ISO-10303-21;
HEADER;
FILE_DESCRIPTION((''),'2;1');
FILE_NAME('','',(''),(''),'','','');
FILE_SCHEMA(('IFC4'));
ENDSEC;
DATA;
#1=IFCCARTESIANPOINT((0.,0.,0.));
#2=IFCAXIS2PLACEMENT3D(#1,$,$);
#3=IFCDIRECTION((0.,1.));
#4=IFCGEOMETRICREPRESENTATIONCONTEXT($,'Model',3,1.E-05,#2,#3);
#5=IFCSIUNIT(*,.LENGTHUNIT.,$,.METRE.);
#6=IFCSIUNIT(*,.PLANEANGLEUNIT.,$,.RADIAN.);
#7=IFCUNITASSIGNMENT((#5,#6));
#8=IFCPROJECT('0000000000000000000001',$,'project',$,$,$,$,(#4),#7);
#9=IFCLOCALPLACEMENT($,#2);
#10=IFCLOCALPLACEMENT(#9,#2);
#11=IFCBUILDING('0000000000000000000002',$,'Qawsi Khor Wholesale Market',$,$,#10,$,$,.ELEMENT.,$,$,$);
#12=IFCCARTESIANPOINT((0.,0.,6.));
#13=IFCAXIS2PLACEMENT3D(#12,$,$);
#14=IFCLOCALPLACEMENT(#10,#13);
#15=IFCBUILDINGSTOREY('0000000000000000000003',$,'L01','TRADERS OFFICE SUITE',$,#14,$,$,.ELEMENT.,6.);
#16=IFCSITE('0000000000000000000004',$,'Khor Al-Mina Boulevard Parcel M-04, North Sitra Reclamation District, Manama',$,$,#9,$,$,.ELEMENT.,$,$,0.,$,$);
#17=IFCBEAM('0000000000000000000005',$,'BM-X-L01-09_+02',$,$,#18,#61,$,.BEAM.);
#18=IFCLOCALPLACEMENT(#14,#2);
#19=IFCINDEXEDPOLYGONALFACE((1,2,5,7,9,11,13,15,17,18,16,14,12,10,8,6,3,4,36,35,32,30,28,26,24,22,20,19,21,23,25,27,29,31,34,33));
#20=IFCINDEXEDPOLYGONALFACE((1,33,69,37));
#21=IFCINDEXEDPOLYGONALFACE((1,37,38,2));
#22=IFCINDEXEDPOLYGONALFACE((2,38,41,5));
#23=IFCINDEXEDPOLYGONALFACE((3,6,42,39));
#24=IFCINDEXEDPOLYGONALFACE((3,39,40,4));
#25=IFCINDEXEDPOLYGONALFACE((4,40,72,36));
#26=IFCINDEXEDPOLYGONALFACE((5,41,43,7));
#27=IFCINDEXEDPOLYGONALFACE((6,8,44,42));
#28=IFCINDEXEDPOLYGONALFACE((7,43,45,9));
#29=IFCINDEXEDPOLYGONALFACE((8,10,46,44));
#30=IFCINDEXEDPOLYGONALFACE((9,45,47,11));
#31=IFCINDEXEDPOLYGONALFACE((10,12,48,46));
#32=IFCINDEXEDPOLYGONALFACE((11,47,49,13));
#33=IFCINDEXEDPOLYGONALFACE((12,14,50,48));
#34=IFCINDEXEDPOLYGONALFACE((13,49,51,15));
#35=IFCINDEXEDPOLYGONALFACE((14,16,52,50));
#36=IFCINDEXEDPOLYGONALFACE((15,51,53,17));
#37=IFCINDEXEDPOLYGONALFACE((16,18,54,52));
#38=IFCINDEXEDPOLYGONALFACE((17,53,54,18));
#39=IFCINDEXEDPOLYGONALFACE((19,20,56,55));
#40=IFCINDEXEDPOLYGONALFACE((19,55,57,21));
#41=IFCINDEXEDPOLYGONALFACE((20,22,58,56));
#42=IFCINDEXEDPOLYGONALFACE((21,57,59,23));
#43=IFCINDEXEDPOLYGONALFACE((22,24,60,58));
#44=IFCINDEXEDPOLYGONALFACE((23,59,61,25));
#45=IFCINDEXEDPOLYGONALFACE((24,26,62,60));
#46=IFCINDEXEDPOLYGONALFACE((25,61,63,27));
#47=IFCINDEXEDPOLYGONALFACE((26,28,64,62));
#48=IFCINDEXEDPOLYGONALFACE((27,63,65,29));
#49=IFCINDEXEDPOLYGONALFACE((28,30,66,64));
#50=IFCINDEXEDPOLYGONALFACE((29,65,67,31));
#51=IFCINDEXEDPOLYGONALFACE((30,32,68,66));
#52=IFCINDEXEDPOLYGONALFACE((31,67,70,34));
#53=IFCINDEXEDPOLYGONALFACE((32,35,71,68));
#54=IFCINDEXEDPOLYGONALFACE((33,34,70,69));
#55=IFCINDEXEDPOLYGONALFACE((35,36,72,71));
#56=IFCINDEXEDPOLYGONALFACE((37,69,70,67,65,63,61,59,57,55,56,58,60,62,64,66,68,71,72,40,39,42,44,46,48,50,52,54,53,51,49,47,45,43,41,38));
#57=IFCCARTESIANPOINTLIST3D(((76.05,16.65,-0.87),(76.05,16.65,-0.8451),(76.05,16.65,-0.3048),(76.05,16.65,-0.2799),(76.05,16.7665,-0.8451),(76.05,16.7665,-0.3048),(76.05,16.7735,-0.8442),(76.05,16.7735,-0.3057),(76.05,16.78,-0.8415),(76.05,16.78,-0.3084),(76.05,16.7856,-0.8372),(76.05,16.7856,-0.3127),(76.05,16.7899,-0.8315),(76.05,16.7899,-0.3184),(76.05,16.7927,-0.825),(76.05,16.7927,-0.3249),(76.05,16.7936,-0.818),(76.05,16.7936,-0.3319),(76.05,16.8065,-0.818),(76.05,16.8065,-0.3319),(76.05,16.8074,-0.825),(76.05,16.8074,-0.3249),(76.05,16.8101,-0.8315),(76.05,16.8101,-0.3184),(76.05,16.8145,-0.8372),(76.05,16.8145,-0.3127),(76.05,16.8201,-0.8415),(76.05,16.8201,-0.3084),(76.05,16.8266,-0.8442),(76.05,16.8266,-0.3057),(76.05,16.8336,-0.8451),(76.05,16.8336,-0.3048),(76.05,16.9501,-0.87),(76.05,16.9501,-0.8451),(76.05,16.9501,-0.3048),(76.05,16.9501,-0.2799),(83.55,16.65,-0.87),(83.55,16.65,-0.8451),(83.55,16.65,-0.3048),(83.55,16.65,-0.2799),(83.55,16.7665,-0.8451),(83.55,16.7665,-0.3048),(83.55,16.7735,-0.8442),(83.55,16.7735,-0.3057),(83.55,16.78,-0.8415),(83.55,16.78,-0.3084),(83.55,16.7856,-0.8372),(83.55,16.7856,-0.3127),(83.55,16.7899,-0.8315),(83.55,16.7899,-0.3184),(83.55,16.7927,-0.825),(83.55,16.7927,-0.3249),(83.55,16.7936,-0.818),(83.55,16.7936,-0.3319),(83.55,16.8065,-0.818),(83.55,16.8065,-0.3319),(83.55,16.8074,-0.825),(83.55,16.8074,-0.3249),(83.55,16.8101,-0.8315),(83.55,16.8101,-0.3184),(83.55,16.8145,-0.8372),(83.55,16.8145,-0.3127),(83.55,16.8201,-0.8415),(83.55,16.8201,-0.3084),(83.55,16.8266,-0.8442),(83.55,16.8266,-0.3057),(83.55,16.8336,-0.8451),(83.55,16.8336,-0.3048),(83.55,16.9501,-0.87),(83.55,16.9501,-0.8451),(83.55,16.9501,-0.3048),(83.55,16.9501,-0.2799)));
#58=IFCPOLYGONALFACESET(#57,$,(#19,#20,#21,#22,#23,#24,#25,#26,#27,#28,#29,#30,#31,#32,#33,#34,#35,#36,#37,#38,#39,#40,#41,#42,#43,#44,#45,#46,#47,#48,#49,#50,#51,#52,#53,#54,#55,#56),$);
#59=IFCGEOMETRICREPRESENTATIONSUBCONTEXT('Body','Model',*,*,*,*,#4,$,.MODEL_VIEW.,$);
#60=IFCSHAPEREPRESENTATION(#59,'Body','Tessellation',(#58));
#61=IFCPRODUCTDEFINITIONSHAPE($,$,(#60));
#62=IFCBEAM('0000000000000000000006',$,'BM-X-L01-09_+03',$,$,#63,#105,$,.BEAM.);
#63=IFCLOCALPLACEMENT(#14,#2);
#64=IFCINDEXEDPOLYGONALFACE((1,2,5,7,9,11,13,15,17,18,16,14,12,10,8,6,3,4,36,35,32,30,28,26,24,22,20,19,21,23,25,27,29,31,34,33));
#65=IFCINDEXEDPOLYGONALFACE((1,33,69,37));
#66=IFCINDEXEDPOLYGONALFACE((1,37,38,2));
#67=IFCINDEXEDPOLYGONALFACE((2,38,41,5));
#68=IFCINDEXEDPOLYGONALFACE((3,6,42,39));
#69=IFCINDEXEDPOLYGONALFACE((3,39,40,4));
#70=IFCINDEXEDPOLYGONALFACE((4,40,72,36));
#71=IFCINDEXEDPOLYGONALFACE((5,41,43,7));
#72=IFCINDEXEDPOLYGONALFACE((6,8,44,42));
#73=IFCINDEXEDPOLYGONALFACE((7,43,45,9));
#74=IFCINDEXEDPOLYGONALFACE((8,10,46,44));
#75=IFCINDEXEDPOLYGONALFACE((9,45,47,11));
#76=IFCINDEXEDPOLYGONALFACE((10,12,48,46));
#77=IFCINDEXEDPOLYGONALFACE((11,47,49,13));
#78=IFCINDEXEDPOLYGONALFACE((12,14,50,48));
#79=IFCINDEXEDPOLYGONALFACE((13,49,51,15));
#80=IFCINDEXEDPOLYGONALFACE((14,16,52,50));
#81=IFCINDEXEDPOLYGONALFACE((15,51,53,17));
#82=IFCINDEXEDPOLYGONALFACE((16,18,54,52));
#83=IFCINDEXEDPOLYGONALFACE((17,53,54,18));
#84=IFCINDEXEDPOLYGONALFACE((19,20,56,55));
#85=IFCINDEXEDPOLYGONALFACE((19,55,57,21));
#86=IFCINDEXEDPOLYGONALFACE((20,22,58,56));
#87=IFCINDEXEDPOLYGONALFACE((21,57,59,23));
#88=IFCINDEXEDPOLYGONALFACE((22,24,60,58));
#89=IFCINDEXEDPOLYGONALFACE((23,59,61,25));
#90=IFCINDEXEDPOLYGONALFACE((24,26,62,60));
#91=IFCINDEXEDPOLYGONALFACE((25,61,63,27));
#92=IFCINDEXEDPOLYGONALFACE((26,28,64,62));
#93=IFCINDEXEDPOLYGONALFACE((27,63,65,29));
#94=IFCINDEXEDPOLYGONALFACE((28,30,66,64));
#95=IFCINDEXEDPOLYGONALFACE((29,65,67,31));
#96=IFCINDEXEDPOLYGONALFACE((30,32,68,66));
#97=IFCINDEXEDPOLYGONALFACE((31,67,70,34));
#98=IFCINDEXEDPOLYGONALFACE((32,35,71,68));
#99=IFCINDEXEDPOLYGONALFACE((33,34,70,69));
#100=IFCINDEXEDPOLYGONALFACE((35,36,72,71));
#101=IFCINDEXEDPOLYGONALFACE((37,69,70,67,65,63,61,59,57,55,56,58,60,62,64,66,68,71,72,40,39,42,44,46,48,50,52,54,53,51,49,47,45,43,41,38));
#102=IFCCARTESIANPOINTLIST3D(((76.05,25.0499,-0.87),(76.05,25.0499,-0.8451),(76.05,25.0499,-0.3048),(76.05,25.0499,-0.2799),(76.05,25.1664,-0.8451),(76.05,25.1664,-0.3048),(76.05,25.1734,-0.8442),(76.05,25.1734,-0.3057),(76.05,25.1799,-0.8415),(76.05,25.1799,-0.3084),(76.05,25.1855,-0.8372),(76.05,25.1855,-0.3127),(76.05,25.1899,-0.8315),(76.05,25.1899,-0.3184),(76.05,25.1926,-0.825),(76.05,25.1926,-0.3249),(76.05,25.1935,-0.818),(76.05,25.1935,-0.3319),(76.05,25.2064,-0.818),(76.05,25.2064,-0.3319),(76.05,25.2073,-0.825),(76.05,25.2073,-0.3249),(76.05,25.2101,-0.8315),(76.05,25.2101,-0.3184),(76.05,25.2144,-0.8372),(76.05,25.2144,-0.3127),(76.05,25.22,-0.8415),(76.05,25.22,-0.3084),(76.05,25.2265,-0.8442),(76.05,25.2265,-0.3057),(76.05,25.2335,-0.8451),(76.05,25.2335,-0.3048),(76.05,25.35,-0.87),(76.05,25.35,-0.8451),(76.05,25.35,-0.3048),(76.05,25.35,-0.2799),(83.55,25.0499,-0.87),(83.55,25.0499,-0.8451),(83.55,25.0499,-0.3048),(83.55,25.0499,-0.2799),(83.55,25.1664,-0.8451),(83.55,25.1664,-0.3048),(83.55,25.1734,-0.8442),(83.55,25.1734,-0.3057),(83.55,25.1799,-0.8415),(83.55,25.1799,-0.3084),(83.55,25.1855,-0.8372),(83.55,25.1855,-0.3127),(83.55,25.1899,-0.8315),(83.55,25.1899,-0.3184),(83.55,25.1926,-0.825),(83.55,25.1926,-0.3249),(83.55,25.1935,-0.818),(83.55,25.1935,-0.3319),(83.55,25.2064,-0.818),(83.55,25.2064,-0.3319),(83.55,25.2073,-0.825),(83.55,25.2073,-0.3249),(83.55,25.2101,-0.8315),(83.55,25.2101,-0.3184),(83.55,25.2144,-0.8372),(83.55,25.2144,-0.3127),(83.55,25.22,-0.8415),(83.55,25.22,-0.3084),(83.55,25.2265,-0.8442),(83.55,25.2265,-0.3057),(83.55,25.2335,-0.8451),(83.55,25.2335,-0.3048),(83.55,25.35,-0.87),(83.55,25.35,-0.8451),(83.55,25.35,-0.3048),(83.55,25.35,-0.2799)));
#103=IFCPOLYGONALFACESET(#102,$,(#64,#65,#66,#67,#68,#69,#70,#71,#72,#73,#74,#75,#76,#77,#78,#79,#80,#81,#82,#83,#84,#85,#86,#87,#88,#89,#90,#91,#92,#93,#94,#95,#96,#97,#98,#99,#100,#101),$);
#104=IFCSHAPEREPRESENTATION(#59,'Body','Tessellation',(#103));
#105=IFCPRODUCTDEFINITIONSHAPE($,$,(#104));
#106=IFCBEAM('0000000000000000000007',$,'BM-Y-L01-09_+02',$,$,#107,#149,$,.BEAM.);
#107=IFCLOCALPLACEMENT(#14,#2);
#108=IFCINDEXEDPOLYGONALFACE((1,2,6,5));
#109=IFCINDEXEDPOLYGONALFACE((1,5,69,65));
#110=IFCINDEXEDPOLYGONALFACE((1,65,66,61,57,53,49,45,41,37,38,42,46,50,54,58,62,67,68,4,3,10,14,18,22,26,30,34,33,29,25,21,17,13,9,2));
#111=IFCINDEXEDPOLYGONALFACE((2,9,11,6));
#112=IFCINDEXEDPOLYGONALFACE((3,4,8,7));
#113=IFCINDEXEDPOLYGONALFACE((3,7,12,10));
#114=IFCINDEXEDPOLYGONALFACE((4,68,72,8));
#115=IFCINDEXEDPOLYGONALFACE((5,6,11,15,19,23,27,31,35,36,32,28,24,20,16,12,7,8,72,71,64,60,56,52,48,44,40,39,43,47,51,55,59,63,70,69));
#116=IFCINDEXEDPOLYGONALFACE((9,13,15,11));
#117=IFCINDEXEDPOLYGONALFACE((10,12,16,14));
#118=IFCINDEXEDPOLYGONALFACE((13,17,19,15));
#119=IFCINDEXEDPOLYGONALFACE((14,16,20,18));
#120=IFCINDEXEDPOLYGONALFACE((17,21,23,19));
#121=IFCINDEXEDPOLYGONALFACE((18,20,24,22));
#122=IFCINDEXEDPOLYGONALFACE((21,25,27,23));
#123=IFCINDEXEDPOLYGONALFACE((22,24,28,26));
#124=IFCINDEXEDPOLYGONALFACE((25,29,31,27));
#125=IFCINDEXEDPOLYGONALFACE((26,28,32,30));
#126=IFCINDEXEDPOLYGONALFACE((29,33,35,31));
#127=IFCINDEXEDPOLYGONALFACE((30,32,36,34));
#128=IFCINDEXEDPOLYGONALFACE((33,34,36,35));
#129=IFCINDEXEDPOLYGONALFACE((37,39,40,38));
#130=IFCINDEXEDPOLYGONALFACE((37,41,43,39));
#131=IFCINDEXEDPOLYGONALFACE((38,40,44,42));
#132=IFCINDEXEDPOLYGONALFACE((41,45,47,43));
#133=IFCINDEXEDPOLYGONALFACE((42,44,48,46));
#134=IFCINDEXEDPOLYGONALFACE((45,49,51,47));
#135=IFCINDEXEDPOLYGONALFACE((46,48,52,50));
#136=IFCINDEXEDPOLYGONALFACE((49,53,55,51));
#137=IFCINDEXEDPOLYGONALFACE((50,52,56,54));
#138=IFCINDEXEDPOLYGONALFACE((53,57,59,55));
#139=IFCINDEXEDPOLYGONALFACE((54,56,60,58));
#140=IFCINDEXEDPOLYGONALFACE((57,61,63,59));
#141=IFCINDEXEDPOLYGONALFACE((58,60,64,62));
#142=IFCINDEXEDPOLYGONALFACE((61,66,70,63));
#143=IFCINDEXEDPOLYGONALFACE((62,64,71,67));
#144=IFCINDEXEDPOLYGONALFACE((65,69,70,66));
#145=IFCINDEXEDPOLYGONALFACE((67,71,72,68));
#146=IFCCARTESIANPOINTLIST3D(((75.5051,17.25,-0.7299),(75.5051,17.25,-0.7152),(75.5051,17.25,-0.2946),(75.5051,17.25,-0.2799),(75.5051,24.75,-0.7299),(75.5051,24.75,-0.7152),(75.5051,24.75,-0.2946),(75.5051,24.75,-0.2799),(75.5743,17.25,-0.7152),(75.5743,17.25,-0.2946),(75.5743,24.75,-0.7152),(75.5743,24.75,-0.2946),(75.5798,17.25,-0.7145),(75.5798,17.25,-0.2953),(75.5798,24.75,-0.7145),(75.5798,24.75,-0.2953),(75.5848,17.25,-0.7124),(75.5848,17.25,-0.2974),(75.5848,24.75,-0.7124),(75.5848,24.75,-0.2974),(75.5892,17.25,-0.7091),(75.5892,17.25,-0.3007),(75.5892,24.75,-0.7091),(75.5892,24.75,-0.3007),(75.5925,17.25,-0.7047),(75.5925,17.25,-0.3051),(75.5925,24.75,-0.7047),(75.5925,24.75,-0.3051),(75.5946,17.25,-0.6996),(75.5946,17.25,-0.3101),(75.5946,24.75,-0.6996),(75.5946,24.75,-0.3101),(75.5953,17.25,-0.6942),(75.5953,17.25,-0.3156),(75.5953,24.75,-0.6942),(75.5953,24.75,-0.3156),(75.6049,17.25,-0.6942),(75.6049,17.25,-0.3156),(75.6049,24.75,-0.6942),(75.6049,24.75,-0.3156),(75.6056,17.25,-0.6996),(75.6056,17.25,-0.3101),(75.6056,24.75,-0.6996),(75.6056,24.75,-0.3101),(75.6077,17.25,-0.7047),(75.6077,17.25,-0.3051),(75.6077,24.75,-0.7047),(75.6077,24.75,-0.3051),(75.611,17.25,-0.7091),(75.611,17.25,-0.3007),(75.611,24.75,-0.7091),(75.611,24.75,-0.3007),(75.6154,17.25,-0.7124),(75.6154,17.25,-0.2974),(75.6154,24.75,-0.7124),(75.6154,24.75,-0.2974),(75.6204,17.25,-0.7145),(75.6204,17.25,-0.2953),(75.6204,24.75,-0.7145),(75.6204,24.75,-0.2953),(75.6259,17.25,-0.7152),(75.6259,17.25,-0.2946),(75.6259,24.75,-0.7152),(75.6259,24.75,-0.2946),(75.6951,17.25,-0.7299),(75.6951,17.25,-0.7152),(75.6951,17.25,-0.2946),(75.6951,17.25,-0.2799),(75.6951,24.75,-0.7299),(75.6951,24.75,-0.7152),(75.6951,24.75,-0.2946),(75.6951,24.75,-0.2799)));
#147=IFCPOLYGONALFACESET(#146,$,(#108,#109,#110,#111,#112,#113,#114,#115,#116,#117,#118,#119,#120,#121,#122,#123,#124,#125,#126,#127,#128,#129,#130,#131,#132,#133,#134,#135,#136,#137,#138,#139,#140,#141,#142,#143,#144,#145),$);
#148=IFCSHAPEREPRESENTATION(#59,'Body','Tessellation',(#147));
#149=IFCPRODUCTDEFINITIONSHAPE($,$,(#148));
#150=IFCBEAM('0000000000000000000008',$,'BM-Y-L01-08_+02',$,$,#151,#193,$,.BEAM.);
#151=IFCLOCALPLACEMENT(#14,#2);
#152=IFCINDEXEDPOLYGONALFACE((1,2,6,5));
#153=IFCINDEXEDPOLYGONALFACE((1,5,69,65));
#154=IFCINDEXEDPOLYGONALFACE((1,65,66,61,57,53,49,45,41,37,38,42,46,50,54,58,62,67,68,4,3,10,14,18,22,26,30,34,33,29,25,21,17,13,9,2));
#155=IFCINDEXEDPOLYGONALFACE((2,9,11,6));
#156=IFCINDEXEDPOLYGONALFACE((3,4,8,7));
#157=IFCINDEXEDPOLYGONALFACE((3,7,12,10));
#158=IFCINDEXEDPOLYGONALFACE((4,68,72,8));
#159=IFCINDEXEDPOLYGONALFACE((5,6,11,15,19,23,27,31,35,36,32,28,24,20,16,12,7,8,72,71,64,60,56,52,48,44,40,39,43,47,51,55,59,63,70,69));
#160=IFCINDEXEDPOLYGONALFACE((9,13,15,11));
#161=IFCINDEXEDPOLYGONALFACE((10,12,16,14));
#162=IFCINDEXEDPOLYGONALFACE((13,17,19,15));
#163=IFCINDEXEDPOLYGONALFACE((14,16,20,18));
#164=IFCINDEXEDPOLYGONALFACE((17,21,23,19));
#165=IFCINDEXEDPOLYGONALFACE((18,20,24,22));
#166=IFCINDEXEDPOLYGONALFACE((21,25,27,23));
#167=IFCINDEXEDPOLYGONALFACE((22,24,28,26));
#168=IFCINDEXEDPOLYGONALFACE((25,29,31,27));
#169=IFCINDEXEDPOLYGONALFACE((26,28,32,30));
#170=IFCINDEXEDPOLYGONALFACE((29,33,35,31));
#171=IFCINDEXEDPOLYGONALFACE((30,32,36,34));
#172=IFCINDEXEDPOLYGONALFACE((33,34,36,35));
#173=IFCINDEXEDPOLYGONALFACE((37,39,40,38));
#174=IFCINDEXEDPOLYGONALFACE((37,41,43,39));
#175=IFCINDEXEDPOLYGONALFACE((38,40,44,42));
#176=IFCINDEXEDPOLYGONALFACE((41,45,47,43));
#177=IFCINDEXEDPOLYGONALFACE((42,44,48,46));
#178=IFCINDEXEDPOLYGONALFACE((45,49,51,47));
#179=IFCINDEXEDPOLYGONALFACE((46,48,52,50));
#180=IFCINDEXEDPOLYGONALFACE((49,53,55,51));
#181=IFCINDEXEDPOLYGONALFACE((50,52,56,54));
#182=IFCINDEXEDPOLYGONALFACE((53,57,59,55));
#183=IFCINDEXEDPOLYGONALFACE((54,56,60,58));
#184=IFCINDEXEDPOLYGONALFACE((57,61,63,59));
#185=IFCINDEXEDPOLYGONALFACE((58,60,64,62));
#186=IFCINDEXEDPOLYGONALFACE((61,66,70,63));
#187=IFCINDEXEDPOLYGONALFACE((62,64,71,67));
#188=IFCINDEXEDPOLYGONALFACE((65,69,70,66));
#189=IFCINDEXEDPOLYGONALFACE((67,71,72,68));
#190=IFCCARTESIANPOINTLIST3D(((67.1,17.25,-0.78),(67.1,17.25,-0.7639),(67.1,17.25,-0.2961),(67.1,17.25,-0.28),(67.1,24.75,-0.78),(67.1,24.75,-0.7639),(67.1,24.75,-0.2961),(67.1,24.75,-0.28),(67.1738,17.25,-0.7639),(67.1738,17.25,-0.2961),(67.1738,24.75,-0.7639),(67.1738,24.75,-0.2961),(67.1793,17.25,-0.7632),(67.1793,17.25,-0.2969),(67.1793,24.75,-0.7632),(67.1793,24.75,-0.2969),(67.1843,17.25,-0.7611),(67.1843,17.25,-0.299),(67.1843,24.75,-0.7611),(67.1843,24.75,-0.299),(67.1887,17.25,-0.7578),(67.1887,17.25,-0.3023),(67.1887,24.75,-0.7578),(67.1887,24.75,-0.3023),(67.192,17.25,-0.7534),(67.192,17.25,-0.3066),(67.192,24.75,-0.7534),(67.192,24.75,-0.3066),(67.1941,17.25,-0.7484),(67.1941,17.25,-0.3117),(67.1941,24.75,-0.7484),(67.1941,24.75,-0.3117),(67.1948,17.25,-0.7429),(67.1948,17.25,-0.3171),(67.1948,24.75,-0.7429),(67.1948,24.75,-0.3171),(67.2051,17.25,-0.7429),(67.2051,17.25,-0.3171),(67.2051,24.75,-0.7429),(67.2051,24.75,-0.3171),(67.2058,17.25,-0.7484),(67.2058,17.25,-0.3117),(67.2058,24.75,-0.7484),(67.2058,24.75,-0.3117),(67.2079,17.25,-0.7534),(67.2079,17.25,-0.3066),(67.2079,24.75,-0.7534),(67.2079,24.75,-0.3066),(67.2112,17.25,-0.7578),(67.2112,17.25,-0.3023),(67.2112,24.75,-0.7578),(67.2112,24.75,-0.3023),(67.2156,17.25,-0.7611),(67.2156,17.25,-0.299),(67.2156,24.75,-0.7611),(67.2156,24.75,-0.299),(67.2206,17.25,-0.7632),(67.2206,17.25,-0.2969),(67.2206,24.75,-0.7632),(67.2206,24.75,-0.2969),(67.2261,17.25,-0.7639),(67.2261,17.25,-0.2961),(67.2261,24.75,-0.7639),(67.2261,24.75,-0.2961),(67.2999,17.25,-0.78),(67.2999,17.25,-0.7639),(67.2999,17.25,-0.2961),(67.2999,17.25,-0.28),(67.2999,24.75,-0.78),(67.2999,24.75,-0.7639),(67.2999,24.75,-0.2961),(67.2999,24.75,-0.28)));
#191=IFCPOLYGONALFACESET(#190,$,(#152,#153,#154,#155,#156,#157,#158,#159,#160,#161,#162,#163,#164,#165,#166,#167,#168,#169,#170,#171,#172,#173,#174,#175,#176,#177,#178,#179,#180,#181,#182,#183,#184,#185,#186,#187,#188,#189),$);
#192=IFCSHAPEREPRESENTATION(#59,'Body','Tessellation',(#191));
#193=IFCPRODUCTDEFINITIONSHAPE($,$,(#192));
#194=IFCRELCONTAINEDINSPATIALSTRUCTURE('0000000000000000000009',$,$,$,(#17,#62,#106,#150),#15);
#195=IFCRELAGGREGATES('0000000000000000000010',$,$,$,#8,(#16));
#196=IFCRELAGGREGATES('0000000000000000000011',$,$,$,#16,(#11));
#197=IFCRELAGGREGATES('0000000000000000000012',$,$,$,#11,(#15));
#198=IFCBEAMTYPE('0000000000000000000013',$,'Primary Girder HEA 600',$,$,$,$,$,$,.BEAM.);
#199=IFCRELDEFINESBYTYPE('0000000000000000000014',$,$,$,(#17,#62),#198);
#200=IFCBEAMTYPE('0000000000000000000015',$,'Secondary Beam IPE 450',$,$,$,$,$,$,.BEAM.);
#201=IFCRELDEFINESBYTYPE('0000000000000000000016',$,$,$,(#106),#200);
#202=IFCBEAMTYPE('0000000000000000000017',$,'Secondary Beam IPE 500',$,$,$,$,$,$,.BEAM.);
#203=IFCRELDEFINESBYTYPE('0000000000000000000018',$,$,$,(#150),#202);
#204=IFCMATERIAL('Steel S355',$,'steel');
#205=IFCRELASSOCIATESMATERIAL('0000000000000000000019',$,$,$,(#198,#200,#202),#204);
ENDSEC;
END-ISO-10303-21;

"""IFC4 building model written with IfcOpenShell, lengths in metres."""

from ifc_helpers import new_model, si_unit, direction, frame, origin, origin_2d, place, context, subcontext, project, spatial, i_section, extrude, material, material_profile, profile_set, type_object, element, save


model = new_model("IFC4")

# Units and contexts
model_context = context("Model", 3, precision=1e-05, world=origin(), true_north=direction((0.0, 1.0)))
body_context = subcontext(model_context, "Body", "Model", "MODEL_VIEW")
ifc_project = project(units=[si_unit("LENGTHUNIT", "METRE"), si_unit("PLANEANGLEUNIT", "RADIAN")], contexts=[model_context])

# Site, building, storey
site_placement = place(None, origin())
site = spatial("IfcSite", under=ifc_project, at=site_placement, Name="Khor Al-Mina Boulevard Parcel M-04, North Sitra Reclamation District, Manama", CompositionType="ELEMENT", RefElevation=0.0)
building_placement = place(site_placement, origin())
building = spatial("IfcBuilding", under=site, at=building_placement, Name="Qawsi Khor Wholesale Market", CompositionType="ELEMENT")
storey_placement = place(building_placement, frame((0.0, 0.0, 6.0)))
storey = spatial("IfcBuildingStorey", under=building, at=storey_placement, Name="L01", Description="TRADERS OFFICE SUITE", CompositionType="ELEMENT", Elevation=6.0)

# Beams
ifc_material_1 = material(Name="Steel S355", Category="steel")
ifc_material_profile_1 = material_profile(ifc_material_1, i_section(OverallWidth=0.3, OverallDepth=0.5901, WebThickness=0.0129, FlangeThickness=0.0249, FilletRadius=0.0271, at=origin_2d()), Name="HEA 600")
ifc_profile_set_1 = profile_set([ifc_material_profile_1], Name="Steel S355")
beam_type_1 = type_object("IfcBeamType", Name="Primary Girder HEA 600", PredefinedType="BEAM", material=ifc_profile_set_1)
for number, where, z_axis, x_axis, name in (
    (1, (76.05, 16.8, -0.575), (1.0, 0.0, 0.0), (0.0, 1.0, 0.0), "BM-X-L01-09_+02"),
    (2, (76.05, 25.2, -0.575), (1.0, 0.0, 0.0), (0.0, 1.0, 0.0), "BM-X-L01-09_+03"),
):
    element("IfcBeam", number, at=place(storey_placement, frame(where, z_axis=z_axis, x_axis=x_axis)), inside=storey, type_object=beam_type_1, Name=name, PredefinedType="BEAM", context=body_context, shape_type="SweptSolid", body=[
        extrude(i_section(OverallWidth=0.3, OverallDepth=0.5901, WebThickness=0.0129, FlangeThickness=0.0249, FilletRadius=0.0271, at=origin_2d()), origin(), (0.0, 0.0, 1.0), 7.5),
    ])
ifc_material_profile_2 = material_profile(ifc_material_1, i_section(OverallWidth=0.1899, OverallDepth=0.45, WebThickness=0.0095, FlangeThickness=0.0146, FilletRadius=0.021, at=origin_2d()), Name="IPE 450")
ifc_profile_set_2 = profile_set([ifc_material_profile_2], Name="Steel S355")
beam_type_2 = type_object("IfcBeamType", Name="Secondary Beam IPE 450", PredefinedType="BEAM", material=ifc_profile_set_2)
beam_1_placement = place(storey_placement, frame((75.6001, 17.25, -0.5049), z_axis=(0.0, 1.0, 0.0), x_axis=(-1.0, 0.0, 0.0)))
element("IfcBeam", 3, at=beam_1_placement, inside=storey, type_object=beam_type_2, Name="BM-Y-L01-09_+02", PredefinedType="BEAM", context=body_context, shape_type="SweptSolid", body=[
    extrude(i_section(OverallWidth=0.1899, OverallDepth=0.45, WebThickness=0.0095, FlangeThickness=0.0146, FilletRadius=0.021, at=origin_2d()), origin(), (0.0, 0.0, 1.0), 7.5),
])
ifc_material_profile_3 = material_profile(ifc_material_1, i_section(OverallWidth=0.2, OverallDepth=0.5, WebThickness=0.0103, FlangeThickness=0.0161, FilletRadius=0.021, at=origin_2d()), Name="IPE 500")
ifc_profile_set_3 = profile_set([ifc_material_profile_3], Name="Steel S355")
beam_type_3 = type_object("IfcBeamType", Name="Secondary Beam IPE 500", PredefinedType="BEAM", material=ifc_profile_set_3)
beam_2_placement = place(storey_placement, frame((67.2, 17.25, -0.53), z_axis=(0.0, 1.0, 0.0), x_axis=(-1.0, 0.0, 0.0)))
element("IfcBeam", 4, at=beam_2_placement, inside=storey, type_object=beam_type_3, Name="BM-Y-L01-08_+02", PredefinedType="BEAM", context=body_context, shape_type="SweptSolid", body=[
    extrude(i_section(OverallWidth=0.2, OverallDepth=0.5, WebThickness=0.0103, FlangeThickness=0.0161, FilletRadius=0.021, at=origin_2d()), origin(), (0.0, 0.0, 1.0), 7.5),
])

save(model, "model.ifc")
